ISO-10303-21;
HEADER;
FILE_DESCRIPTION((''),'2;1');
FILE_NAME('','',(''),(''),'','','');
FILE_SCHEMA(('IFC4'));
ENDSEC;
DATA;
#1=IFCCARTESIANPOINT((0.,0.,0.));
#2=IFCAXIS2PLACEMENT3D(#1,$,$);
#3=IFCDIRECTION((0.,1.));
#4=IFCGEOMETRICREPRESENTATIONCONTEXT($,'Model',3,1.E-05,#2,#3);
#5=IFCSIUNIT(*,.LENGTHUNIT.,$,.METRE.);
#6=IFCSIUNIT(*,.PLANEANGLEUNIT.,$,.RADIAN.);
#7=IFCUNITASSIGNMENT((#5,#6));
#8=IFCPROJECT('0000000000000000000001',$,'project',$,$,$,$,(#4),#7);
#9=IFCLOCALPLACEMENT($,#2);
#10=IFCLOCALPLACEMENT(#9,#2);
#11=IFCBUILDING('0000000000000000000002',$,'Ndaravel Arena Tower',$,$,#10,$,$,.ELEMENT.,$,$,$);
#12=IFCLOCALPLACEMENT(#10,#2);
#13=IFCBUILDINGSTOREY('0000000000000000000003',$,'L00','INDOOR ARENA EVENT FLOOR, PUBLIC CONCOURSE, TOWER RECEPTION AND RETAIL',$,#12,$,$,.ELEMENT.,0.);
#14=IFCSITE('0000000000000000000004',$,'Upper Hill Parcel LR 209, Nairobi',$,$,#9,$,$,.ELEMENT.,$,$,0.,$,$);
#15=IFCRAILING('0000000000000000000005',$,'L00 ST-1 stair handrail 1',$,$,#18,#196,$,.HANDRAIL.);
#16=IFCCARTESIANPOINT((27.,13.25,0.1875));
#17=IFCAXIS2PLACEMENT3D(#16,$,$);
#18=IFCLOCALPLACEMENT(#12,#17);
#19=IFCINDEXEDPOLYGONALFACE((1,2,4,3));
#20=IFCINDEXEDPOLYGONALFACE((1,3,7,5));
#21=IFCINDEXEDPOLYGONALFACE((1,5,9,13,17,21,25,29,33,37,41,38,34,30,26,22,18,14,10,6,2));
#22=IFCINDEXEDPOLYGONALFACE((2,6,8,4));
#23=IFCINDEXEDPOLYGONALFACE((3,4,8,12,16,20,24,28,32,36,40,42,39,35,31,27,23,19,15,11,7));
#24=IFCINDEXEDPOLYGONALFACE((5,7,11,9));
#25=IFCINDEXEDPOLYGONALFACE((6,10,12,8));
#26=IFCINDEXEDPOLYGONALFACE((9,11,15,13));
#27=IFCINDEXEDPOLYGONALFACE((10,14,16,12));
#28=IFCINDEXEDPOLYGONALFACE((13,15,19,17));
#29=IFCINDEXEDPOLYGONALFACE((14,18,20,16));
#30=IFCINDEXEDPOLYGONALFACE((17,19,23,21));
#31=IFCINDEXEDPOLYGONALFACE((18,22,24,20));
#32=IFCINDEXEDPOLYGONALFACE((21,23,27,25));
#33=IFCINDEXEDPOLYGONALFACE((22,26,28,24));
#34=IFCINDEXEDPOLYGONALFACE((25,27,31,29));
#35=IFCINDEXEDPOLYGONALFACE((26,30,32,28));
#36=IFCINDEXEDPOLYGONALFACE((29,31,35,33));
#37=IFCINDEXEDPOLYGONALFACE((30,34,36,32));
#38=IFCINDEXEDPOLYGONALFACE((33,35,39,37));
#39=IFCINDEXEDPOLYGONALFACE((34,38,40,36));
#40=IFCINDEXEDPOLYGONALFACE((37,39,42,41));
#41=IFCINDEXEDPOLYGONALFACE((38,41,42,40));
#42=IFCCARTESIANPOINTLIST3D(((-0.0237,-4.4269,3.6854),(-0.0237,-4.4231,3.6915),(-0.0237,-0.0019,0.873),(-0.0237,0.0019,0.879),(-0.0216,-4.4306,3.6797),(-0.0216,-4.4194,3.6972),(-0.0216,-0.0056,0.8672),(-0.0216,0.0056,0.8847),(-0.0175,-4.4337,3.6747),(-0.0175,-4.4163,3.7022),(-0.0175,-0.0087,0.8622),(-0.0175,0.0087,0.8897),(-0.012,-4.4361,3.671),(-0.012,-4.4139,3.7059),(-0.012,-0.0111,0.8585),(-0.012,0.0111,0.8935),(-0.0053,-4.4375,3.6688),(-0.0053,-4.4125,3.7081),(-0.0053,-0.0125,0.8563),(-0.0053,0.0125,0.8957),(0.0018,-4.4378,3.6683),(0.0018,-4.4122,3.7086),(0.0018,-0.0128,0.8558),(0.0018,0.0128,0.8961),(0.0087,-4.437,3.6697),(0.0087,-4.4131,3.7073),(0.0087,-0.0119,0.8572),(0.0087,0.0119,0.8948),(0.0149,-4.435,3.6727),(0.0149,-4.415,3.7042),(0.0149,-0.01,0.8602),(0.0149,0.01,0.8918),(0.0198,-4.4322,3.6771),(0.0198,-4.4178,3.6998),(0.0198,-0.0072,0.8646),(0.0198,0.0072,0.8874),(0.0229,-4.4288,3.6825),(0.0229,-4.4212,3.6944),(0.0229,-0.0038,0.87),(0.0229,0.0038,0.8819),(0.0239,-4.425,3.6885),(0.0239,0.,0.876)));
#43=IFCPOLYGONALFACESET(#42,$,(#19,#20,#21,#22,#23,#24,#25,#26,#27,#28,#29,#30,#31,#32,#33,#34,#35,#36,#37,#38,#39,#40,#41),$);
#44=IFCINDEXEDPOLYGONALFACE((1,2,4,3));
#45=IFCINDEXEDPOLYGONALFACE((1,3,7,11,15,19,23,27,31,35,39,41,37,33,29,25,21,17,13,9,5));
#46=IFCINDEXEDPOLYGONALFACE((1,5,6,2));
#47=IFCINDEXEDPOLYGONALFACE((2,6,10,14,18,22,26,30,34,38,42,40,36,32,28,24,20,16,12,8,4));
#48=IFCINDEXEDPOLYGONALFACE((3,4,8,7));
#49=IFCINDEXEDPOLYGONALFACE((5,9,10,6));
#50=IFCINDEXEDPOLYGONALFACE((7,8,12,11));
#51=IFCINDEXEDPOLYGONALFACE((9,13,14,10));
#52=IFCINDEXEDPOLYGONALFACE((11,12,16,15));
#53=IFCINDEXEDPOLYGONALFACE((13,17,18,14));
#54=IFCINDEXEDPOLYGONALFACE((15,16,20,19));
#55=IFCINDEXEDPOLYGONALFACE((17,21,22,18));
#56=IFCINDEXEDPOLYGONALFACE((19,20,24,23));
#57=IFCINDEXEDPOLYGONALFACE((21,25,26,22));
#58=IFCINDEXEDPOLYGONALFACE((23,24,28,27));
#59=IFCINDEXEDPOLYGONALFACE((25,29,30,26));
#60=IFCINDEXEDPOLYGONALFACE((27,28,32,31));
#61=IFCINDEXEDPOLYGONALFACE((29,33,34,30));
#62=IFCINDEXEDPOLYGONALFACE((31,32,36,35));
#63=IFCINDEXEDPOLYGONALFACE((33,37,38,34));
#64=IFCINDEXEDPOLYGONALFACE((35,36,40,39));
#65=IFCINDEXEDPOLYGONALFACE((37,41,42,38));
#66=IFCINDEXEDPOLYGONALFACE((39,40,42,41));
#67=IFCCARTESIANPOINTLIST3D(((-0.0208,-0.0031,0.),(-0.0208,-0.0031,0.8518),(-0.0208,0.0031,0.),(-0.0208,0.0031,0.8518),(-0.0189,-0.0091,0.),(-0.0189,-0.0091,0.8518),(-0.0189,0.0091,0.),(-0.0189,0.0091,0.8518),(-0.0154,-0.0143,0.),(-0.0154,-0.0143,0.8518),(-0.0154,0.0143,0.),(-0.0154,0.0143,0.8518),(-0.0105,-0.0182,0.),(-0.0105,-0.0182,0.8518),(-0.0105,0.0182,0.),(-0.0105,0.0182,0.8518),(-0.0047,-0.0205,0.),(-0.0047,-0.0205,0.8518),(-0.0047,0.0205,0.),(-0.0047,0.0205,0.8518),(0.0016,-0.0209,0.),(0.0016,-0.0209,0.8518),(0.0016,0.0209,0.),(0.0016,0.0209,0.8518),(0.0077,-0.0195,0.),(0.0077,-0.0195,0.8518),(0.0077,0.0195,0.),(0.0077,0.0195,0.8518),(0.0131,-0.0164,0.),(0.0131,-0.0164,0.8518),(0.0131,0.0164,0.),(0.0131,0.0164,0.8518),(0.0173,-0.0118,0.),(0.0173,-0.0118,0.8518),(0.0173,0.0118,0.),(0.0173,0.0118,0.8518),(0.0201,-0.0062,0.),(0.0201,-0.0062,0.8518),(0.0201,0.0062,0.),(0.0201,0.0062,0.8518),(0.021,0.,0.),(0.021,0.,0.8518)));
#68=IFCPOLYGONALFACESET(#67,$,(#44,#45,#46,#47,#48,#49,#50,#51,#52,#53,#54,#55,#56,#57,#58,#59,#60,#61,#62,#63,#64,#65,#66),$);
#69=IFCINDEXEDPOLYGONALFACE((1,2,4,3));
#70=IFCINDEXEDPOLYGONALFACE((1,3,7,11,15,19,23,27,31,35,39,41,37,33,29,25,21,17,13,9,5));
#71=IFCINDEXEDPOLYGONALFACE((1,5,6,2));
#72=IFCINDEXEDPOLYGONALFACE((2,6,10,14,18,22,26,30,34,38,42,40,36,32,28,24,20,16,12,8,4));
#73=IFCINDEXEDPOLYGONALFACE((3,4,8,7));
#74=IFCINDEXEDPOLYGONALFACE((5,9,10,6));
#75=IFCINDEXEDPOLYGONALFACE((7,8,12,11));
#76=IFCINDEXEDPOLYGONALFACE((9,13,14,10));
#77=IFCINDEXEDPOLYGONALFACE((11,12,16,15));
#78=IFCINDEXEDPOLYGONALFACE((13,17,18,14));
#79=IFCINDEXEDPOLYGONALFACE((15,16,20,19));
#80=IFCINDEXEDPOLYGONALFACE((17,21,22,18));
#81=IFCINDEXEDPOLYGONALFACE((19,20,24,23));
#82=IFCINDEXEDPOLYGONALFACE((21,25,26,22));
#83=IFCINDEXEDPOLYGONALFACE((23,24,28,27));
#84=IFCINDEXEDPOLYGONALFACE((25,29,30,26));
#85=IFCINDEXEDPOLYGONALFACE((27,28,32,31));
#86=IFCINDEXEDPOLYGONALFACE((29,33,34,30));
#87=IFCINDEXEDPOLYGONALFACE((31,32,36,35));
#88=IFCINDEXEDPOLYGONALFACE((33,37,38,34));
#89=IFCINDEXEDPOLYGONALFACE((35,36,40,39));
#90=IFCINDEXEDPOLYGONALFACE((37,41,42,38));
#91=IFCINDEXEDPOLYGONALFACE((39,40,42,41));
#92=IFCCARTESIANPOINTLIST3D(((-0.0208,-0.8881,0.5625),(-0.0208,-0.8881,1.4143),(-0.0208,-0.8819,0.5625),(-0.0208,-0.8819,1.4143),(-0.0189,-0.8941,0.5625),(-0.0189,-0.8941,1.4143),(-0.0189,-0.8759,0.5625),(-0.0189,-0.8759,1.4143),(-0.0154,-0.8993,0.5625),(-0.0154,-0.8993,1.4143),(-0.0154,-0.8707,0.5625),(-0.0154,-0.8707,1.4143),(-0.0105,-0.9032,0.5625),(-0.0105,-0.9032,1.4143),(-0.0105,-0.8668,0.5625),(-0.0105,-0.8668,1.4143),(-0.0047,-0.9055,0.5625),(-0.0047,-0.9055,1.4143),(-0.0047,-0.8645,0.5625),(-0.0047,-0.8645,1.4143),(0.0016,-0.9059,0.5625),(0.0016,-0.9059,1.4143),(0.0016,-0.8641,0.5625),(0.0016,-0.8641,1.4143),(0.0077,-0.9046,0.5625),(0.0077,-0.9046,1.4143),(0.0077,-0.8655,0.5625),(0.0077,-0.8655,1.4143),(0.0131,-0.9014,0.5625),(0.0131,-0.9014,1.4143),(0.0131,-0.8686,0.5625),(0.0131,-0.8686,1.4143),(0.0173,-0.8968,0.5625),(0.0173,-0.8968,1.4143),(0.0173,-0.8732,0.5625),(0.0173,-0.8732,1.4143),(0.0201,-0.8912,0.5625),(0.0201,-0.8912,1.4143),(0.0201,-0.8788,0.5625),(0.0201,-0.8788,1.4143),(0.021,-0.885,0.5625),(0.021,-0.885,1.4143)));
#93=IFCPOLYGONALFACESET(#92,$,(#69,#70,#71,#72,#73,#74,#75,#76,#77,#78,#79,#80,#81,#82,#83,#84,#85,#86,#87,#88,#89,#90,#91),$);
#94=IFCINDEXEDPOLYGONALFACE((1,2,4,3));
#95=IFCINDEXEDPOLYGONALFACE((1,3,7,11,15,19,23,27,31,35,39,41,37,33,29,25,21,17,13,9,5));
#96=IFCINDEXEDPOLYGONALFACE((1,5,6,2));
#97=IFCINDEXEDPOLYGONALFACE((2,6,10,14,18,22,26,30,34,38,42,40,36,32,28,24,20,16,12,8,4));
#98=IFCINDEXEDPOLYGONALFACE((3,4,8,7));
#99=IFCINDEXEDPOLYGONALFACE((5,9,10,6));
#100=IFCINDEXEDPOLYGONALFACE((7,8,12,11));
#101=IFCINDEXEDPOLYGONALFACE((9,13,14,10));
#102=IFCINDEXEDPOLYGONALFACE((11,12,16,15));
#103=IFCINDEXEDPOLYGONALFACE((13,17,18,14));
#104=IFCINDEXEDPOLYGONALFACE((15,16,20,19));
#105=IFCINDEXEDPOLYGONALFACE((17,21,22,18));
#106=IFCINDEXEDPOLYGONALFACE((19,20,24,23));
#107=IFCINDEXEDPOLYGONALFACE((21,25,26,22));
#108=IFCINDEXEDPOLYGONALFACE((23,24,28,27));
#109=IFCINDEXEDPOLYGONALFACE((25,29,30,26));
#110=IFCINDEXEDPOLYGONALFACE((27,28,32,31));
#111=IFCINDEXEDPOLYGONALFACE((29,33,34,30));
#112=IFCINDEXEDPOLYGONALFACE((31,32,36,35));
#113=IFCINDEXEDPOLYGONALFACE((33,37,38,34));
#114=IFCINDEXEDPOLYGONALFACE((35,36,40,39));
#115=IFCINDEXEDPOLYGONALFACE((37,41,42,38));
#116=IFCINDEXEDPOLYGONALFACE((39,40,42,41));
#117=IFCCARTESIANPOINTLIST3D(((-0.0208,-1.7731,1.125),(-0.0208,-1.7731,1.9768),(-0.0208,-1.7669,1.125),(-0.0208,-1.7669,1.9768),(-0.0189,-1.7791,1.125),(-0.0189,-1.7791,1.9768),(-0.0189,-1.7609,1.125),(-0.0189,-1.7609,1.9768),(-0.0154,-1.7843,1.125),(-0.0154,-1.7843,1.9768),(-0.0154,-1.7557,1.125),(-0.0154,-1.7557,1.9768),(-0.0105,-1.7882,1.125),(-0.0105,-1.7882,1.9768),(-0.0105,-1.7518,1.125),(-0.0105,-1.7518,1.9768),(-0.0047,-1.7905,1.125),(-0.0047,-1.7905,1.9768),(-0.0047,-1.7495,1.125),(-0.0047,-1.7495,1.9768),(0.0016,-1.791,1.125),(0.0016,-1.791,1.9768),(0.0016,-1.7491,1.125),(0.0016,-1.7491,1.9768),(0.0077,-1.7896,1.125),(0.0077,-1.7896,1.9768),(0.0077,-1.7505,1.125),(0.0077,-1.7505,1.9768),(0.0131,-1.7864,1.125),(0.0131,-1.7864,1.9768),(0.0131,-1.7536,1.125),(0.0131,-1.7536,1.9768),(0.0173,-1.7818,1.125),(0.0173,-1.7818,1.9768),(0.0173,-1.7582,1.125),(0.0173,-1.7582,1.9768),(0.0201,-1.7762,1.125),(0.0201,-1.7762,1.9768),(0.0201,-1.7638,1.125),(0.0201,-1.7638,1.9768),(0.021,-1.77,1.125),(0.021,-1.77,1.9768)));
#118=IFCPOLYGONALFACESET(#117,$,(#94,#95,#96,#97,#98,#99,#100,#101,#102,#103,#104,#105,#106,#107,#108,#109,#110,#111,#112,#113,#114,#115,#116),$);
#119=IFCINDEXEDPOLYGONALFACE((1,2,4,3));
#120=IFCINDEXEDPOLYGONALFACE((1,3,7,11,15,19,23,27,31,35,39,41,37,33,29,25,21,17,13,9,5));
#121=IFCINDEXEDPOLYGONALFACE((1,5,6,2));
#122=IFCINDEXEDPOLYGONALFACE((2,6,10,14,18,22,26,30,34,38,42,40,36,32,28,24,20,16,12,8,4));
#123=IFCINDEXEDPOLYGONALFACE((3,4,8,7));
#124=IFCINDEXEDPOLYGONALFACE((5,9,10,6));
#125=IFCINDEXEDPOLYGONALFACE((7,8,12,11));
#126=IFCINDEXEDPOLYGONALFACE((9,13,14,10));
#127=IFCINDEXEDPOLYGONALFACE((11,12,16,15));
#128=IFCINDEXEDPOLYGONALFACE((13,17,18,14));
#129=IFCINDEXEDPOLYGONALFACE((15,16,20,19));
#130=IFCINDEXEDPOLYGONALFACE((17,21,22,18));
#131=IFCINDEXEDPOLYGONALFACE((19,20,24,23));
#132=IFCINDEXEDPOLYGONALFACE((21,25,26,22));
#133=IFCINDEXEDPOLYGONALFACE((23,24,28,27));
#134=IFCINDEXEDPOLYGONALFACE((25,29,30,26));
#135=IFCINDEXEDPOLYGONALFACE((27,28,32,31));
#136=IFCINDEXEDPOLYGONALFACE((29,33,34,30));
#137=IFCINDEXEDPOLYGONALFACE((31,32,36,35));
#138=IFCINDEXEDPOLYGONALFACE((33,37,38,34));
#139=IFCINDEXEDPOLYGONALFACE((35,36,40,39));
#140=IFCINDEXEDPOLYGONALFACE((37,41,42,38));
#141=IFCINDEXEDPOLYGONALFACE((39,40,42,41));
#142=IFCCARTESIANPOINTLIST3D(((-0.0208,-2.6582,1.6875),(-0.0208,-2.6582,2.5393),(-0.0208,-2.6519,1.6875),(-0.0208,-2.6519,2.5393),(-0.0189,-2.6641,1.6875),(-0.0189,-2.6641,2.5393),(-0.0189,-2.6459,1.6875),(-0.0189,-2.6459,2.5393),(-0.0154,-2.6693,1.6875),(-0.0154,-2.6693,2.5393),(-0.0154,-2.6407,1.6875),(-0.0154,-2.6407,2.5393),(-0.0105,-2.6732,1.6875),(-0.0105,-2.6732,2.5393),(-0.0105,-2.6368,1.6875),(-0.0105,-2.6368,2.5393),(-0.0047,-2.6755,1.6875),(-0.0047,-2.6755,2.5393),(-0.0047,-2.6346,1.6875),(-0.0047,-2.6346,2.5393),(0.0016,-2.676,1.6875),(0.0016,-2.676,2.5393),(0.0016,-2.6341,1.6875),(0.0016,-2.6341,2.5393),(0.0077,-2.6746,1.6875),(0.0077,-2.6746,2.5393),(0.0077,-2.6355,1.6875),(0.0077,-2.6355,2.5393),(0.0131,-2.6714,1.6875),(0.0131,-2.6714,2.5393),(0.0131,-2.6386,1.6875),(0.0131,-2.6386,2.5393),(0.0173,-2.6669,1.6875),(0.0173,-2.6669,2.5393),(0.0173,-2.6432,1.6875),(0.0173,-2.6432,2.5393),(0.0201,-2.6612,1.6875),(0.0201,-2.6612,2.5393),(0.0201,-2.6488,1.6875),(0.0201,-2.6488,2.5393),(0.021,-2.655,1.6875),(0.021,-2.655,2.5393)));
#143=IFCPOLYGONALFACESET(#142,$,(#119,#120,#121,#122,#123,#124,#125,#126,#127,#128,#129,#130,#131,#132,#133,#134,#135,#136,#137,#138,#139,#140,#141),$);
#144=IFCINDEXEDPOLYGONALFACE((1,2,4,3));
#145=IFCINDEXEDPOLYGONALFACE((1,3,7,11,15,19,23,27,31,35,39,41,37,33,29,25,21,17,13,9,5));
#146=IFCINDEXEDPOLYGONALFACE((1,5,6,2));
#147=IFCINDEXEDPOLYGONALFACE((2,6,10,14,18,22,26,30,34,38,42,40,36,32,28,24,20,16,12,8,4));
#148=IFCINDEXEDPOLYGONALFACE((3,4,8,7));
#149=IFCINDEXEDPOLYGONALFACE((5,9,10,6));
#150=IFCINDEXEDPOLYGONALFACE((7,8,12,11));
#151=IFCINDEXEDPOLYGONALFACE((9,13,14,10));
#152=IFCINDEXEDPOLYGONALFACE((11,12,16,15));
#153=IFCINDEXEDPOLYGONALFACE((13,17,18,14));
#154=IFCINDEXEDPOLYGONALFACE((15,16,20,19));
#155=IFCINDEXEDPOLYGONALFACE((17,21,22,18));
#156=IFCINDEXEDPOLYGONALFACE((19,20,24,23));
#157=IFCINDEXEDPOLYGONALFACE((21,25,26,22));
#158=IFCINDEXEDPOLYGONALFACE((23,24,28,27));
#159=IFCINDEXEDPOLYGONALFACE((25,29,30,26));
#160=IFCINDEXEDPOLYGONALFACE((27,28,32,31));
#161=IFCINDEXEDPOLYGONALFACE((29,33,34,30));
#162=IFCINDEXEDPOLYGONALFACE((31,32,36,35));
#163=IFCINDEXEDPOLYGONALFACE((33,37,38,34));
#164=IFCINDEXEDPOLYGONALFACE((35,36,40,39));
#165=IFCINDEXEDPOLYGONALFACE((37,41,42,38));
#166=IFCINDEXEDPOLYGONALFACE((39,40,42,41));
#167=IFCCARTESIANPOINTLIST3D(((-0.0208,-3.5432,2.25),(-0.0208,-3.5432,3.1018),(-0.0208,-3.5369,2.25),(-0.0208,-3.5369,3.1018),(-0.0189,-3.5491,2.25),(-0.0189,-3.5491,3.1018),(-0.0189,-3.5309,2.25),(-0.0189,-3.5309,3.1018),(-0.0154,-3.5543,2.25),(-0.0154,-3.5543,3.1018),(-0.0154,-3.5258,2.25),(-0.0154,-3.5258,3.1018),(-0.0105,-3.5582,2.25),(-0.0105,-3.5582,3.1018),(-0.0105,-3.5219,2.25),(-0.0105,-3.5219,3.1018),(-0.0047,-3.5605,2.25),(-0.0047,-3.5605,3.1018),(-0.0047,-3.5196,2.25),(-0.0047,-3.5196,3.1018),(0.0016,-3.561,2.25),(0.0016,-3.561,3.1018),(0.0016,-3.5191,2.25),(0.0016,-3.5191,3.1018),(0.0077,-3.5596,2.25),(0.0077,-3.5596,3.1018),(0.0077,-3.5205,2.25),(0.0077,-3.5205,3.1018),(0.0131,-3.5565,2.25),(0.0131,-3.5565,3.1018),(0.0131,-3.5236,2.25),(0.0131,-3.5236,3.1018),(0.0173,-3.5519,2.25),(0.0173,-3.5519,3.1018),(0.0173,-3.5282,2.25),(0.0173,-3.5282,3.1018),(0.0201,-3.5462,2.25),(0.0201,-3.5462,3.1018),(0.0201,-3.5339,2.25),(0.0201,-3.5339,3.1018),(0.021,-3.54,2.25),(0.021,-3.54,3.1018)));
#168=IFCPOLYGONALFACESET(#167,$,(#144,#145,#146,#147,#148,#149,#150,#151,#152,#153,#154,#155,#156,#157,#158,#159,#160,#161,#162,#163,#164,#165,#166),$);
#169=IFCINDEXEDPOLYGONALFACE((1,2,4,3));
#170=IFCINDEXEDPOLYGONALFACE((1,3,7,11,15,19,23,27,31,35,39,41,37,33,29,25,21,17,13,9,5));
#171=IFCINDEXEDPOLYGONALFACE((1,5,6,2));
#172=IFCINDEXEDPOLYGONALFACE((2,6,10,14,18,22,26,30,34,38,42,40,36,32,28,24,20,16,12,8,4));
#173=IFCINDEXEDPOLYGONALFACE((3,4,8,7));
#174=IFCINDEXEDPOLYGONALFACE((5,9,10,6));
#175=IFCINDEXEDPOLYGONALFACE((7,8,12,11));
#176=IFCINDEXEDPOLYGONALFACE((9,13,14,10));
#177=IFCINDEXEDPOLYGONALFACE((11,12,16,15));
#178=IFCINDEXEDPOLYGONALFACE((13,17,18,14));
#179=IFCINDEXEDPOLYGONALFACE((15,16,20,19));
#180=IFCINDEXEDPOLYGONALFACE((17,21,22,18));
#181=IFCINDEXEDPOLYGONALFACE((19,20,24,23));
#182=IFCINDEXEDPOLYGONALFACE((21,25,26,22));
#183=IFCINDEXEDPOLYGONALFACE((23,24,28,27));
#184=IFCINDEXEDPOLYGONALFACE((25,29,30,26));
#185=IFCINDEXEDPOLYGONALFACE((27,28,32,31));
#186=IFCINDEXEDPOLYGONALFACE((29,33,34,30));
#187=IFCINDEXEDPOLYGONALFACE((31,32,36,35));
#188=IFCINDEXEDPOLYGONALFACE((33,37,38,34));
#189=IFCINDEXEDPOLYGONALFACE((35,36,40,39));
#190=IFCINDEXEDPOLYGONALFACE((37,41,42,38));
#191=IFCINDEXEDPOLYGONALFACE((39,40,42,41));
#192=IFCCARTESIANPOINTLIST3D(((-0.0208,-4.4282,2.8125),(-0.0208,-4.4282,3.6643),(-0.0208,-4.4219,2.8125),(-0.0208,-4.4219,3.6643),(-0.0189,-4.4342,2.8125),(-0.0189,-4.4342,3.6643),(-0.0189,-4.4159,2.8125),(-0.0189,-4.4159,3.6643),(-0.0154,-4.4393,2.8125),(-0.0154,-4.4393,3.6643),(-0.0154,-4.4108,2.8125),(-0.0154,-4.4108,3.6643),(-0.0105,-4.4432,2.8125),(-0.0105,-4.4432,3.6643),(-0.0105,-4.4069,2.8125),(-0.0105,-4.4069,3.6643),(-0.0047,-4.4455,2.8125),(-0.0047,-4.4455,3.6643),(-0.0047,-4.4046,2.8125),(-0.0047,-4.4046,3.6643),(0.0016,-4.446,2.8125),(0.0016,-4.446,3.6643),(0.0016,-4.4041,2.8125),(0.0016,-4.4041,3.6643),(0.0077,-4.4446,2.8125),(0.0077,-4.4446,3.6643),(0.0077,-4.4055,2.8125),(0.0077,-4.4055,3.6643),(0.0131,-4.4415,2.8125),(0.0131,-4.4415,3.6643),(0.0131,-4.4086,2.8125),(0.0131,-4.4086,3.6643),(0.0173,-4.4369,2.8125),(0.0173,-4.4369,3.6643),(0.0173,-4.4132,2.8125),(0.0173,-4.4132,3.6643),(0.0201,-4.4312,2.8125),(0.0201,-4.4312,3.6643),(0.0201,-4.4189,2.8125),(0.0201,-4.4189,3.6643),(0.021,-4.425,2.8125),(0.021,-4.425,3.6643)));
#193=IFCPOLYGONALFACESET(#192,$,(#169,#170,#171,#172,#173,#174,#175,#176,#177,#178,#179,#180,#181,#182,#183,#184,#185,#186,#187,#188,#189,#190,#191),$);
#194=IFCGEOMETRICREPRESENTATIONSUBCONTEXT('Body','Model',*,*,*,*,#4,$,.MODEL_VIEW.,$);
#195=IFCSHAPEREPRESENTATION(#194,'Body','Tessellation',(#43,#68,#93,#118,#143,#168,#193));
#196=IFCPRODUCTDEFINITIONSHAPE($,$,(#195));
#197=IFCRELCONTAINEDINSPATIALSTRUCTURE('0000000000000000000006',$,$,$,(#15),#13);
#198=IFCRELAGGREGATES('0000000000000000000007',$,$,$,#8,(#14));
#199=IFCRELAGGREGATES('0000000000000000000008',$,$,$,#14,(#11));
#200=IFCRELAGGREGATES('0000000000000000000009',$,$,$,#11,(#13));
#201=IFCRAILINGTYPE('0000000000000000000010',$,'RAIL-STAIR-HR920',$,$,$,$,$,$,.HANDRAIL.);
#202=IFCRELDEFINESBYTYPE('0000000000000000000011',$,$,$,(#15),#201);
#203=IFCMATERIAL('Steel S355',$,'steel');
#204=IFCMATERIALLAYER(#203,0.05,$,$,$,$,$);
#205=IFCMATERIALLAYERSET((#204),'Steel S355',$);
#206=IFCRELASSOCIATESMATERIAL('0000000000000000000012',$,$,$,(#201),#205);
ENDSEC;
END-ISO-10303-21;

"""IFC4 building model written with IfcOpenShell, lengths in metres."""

from ifc_helpers import new_model, si_unit, direction, frame, origin, origin_2d, place, context, subcontext, project, spatial, circle, extrude, material, layer, layer_set, type_object, element, save


model = new_model("IFC4")

# Units and contexts
model_context = context("Model", 3, precision=1e-05, world=origin(), true_north=direction((0.0, 1.0)))
body_context = subcontext(model_context, "Body", "Model", "MODEL_VIEW")
ifc_project = project(units=[si_unit("LENGTHUNIT", "METRE"), si_unit("PLANEANGLEUNIT", "RADIAN")], contexts=[model_context])

# Site, building, storey
site_placement = place(None, origin())
site = spatial("IfcSite", under=ifc_project, at=site_placement, Name="Upper Hill Parcel LR 209, Nairobi", CompositionType="ELEMENT", RefElevation=0.0)
building_placement = place(site_placement, origin())
building = spatial("IfcBuilding", under=site, at=building_placement, Name="Ndaravel Arena Tower", CompositionType="ELEMENT")
storey_placement = place(building_placement, origin())
storey = spatial("IfcBuildingStorey", under=building, at=storey_placement, Name="L00", Description="INDOOR ARENA EVENT FLOOR, PUBLIC CONCOURSE, TOWER RECEPTION AND RETAIL", CompositionType="ELEMENT", Elevation=0.0)

# Railing
ifc_material_1 = material(Name="Steel S355", Category="steel")
ifc_layer_1 = layer(ifc_material_1, 0.05)
ifc_layer_set_1 = layer_set([ifc_layer_1], Name="Steel S355")
railing_type_1 = type_object("IfcRailingType", Name="RAIL-STAIR-HR920", PredefinedType="HANDRAIL", material=ifc_layer_set_1)
railing_1_placement = place(storey_placement, frame((27.0, 13.25, 0.1875)))
element("IfcRailing", 1, at=railing_1_placement, inside=storey, type_object=railing_type_1, Name="L00 ST-1 stair handrail 1", PredefinedType="HANDRAIL", context=body_context, shape_type="SweptSolid", body=[
    extrude(circle(Radius=0.0239, at=origin_2d()), frame((0.0, 0.0, 0.876), z_axis=(0.0, -0.843959, 0.536408), x_axis=(1.0, 0.0, 0.0)), (0.0, 0.0, 1.0), 5.2432),
    extrude(circle(Radius=0.021, at=origin_2d()), origin(), (0.0, 0.0, 1.0), 0.8518),
    extrude(circle(Radius=0.021, at=origin_2d()), frame((0.0, -0.885, 0.5625)), (0.0, 0.0, 1.0), 0.8518),
    extrude(circle(Radius=0.021, at=origin_2d()), frame((0.0, -1.77, 1.125)), (0.0, 0.0, 1.0), 0.8518),
    extrude(circle(Radius=0.021, at=origin_2d()), frame((0.0, -2.655, 1.6875)), (0.0, 0.0, 1.0), 0.8518),
    extrude(circle(Radius=0.021, at=origin_2d()), frame((0.0, -3.54, 2.25)), (0.0, 0.0, 1.0), 0.8518),
    extrude(circle(Radius=0.021, at=origin_2d()), frame((0.0, -4.425, 2.8125)), (0.0, 0.0, 1.0), 0.8518),
])

save(model, "model.ifc")
